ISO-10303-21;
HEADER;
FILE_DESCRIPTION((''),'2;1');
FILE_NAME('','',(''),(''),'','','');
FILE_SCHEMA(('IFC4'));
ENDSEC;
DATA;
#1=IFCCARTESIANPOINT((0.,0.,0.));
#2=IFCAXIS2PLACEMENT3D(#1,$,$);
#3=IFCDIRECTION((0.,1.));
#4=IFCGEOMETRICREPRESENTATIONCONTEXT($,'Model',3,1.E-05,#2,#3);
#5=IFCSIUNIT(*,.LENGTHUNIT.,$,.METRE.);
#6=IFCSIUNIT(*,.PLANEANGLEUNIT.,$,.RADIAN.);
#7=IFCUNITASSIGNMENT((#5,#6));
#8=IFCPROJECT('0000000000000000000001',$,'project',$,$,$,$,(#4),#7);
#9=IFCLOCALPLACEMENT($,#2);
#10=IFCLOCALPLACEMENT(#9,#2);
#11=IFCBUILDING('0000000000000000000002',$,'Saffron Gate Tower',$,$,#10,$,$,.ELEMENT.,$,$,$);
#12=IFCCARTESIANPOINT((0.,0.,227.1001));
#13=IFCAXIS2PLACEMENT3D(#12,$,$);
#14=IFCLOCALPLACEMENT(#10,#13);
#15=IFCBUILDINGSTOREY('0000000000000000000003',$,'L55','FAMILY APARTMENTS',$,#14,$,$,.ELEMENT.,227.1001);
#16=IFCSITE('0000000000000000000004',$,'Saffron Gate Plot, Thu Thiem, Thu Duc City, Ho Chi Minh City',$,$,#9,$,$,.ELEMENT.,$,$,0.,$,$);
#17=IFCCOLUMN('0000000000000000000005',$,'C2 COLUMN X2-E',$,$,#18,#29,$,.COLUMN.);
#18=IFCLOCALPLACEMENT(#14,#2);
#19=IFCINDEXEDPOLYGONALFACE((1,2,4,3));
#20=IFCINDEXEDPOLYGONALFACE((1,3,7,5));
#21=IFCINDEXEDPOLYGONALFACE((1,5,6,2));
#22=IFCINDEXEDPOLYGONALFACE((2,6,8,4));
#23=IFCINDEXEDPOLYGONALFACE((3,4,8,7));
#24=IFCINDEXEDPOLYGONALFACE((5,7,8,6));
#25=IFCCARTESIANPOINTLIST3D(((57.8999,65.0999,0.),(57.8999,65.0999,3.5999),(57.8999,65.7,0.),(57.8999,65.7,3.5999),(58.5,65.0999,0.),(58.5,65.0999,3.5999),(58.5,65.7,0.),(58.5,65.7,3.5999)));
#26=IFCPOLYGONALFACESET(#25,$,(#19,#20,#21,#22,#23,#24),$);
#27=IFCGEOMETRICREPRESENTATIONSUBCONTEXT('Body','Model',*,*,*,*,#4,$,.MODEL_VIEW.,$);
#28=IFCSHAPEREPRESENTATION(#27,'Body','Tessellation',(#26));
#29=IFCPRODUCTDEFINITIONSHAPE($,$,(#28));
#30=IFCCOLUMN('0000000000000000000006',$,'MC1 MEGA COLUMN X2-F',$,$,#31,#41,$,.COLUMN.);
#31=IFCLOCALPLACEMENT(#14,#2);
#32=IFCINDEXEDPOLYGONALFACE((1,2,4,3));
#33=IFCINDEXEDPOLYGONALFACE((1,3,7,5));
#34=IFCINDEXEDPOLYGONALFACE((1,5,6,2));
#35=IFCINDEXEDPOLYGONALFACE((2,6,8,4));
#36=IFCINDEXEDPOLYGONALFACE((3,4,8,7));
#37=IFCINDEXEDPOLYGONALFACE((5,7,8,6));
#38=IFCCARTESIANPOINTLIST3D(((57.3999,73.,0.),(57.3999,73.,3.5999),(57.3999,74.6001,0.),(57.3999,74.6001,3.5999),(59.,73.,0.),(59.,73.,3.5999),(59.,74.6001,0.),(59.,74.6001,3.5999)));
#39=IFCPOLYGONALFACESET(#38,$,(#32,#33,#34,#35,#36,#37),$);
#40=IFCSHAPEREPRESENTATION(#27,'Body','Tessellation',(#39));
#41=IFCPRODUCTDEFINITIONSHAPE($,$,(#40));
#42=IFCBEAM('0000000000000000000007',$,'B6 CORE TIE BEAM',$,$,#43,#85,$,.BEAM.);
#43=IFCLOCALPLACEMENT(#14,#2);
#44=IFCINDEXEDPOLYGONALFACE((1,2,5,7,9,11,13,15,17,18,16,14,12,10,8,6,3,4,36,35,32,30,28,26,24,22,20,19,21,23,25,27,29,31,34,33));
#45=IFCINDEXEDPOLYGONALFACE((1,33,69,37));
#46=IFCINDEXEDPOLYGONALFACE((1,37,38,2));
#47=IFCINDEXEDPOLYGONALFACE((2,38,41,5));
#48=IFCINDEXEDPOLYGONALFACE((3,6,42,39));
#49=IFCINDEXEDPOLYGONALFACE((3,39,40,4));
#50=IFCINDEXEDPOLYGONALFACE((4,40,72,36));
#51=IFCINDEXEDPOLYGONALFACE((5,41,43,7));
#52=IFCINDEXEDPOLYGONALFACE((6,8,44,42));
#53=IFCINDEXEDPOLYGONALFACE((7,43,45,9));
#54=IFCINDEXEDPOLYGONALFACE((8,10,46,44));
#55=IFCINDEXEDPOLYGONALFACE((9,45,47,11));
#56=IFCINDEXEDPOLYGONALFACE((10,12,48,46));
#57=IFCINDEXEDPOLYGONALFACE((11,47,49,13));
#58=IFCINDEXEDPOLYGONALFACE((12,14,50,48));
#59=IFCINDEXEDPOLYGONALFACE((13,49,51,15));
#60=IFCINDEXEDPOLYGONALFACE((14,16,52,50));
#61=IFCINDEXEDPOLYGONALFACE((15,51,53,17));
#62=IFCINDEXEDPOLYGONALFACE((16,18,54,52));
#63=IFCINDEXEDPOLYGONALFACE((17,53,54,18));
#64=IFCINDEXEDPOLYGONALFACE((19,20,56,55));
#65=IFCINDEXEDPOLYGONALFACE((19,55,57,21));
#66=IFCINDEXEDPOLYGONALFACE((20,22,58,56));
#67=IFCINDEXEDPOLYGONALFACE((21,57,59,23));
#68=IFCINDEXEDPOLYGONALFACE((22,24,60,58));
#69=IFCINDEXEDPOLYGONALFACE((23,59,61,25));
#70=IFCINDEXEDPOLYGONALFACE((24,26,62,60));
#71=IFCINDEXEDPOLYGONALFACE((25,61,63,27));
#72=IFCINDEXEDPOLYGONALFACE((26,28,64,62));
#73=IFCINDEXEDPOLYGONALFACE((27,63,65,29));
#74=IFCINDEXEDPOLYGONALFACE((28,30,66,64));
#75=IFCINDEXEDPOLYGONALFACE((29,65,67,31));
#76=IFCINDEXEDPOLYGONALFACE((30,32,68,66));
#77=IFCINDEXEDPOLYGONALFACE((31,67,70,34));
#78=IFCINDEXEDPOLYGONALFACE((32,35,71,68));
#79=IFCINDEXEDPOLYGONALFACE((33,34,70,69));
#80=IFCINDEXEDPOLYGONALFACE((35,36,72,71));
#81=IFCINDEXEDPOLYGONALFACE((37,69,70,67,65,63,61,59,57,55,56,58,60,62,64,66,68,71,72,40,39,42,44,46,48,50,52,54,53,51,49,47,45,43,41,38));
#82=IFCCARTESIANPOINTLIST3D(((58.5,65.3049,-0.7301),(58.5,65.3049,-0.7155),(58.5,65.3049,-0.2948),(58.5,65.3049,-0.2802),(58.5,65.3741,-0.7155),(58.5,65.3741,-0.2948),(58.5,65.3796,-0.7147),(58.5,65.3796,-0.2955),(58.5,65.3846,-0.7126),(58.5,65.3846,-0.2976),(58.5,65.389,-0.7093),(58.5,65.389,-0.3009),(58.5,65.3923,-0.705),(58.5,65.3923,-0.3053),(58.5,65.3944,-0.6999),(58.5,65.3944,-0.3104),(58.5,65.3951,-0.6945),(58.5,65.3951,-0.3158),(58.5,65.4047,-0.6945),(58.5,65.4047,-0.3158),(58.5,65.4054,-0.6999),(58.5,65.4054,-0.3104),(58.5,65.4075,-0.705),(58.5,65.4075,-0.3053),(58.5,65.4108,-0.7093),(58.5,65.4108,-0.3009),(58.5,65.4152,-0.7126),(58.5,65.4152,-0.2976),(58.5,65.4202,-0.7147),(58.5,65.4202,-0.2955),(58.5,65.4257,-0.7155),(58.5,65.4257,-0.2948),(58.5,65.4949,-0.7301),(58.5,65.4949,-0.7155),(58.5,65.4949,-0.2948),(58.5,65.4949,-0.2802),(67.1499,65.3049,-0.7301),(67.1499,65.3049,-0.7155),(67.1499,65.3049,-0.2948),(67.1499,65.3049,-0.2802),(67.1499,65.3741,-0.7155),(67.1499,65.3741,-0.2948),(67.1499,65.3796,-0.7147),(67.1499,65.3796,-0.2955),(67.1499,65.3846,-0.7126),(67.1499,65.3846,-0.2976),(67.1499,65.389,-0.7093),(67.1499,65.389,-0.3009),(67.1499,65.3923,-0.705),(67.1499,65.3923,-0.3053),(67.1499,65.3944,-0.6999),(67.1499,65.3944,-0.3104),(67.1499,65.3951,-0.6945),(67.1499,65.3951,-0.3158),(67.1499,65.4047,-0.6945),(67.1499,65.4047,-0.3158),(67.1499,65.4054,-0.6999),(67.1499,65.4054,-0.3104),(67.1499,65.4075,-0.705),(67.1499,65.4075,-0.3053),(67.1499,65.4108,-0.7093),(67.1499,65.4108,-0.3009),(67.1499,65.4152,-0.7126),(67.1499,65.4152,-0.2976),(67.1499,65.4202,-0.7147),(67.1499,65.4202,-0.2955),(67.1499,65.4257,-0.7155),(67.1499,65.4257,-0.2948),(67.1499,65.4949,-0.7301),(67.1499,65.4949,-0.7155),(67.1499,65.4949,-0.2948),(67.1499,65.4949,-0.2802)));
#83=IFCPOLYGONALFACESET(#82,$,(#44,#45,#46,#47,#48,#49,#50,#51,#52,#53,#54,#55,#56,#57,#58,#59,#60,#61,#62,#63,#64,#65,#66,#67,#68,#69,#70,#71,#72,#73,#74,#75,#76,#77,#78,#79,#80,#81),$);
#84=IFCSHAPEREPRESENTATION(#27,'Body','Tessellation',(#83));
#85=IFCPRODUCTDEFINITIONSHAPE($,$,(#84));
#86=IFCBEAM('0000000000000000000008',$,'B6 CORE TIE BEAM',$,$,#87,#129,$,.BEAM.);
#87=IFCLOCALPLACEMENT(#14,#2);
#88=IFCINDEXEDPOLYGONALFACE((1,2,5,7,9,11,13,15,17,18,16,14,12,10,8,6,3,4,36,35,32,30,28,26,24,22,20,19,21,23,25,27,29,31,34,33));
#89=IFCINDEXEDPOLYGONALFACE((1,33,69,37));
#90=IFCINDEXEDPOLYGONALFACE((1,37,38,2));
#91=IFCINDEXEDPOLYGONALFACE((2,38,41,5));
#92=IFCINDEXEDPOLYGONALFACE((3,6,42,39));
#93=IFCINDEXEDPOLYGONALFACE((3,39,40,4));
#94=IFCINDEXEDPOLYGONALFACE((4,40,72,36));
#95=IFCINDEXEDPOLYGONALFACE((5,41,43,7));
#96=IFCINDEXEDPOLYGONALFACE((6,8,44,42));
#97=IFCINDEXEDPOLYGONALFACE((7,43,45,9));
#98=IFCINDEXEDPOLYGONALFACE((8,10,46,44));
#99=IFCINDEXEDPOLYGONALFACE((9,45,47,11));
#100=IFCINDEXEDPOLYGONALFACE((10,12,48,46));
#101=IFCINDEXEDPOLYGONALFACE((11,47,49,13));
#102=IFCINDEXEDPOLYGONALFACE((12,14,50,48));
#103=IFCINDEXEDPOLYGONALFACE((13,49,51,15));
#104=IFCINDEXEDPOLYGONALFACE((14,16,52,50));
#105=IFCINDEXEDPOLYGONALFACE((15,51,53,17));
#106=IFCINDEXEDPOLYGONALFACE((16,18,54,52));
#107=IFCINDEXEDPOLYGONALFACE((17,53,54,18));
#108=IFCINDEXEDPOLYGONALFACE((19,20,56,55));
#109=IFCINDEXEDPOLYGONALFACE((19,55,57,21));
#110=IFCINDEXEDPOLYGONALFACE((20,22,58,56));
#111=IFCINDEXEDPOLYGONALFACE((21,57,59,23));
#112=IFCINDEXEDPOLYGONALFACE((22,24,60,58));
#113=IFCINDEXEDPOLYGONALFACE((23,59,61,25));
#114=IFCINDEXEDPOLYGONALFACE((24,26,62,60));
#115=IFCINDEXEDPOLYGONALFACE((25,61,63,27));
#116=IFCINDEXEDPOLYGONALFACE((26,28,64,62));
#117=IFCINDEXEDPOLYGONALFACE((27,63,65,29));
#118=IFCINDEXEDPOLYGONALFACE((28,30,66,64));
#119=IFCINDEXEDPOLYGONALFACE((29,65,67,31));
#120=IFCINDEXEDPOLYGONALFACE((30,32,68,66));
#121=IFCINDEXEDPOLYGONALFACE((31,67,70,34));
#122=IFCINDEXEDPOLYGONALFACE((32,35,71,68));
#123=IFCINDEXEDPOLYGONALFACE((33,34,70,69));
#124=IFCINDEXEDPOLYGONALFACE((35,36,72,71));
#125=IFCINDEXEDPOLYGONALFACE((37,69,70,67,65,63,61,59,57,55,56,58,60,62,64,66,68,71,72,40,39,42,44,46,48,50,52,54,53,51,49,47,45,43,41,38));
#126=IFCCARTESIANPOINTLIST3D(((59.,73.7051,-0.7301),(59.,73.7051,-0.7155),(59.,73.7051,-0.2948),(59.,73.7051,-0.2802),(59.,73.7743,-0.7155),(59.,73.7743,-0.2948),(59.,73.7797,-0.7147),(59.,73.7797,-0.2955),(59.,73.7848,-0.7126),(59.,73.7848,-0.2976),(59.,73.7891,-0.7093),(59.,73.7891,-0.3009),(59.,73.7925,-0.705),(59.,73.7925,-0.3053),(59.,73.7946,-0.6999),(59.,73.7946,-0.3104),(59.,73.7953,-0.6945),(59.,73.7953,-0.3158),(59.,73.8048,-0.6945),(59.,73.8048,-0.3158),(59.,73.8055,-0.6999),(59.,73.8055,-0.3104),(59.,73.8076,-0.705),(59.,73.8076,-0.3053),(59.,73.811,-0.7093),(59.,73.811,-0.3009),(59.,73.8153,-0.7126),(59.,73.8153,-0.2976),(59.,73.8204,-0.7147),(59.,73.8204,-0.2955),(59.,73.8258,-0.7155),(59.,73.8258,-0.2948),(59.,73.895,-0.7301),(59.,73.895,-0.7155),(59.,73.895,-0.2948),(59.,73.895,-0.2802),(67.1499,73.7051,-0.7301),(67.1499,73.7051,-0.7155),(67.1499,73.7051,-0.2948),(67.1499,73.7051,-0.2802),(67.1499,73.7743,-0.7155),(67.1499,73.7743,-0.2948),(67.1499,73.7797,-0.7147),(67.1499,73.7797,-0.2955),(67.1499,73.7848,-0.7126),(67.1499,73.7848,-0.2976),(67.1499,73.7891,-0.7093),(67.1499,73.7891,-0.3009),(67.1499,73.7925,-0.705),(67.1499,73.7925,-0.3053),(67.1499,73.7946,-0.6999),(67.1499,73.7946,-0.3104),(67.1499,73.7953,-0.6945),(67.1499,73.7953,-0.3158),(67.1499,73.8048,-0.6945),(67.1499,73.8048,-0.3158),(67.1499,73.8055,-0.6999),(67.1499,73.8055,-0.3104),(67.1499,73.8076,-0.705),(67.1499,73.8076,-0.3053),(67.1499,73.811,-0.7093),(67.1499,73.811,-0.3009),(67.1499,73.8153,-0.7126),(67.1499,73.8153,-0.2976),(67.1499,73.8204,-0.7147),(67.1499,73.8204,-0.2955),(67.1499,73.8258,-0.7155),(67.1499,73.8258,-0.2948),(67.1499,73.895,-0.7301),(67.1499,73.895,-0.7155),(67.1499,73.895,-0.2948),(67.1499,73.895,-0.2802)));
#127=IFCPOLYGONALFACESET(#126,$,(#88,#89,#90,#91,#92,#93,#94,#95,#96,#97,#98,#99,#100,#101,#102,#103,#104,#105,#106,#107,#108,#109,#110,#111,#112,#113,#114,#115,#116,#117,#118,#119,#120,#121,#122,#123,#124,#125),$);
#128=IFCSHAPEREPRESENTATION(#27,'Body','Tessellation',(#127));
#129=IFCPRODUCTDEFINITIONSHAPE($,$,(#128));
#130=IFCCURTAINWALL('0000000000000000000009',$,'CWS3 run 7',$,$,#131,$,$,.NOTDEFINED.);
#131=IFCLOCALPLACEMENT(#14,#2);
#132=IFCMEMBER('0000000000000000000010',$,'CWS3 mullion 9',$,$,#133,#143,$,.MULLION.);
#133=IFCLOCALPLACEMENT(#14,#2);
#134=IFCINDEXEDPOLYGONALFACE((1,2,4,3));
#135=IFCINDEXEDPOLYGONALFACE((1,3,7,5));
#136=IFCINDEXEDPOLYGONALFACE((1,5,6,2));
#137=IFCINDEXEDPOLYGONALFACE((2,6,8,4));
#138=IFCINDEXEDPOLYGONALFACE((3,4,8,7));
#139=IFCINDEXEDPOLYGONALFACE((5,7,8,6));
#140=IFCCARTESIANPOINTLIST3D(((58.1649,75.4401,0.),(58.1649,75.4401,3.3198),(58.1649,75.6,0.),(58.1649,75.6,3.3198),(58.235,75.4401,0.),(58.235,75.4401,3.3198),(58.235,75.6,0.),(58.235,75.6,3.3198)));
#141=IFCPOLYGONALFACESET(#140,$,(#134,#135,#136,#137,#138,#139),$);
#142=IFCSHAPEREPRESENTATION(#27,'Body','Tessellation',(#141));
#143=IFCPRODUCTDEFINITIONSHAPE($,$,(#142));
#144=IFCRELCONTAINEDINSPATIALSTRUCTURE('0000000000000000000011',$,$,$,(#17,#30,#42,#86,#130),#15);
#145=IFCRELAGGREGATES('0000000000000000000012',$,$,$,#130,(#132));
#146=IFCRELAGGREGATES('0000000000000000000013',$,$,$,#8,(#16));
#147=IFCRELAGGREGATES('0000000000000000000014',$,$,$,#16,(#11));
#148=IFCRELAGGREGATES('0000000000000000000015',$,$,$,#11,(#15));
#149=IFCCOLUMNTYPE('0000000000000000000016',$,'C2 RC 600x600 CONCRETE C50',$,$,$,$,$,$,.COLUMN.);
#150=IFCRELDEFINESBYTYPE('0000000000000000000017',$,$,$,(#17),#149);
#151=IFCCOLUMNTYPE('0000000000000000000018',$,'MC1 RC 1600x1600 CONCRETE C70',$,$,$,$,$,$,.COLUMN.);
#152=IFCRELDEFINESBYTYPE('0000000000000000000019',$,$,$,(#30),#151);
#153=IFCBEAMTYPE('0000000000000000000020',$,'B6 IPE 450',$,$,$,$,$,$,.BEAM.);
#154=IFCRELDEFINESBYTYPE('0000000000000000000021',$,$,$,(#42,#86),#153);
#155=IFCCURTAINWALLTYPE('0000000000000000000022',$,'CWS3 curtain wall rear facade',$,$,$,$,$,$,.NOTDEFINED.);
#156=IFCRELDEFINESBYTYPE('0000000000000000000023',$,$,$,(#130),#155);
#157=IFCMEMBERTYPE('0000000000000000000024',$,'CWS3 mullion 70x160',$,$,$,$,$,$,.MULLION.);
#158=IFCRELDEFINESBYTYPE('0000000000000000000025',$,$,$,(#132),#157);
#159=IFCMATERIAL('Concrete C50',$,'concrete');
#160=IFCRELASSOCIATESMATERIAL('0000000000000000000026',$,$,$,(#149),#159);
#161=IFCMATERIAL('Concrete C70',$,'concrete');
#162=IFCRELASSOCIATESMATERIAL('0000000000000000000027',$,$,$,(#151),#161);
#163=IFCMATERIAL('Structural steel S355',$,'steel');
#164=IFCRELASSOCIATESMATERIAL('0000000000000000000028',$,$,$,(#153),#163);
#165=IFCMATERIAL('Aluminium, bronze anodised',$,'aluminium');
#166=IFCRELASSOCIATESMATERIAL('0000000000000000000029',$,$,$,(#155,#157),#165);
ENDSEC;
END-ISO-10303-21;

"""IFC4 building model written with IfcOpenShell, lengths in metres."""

from ifc_helpers import new_model, si_unit, direction, frame, origin, origin_2d, place, context, subcontext, project, spatial, rectangle, i_section, extrude, material, material_profile, profile_set, type_object, element, aggregate, save


model = new_model("IFC4")

# Units and contexts
model_context = context("Model", 3, precision=1e-05, world=origin(), true_north=direction((0.0, 1.0)))
body_context = subcontext(model_context, "Body", "Model", "MODEL_VIEW")
ifc_project = project(units=[si_unit("LENGTHUNIT", "METRE"), si_unit("PLANEANGLEUNIT", "RADIAN")], contexts=[model_context])

# Site, building, storey
site_placement = place(None, origin())
site = spatial("IfcSite", under=ifc_project, at=site_placement, Name="Saffron Gate Plot, Thu Thiem, Thu Duc City, Ho Chi Minh City", CompositionType="ELEMENT", RefElevation=0.0)
building_placement = place(site_placement, origin())
building = spatial("IfcBuilding", under=site, at=building_placement, Name="Saffron Gate Tower", CompositionType="ELEMENT")
storey_placement = place(building_placement, frame((0.0, 0.0, 227.1001)))
storey = spatial("IfcBuildingStorey", under=building, at=storey_placement, Name="L55", Description="FAMILY APARTMENTS", CompositionType="ELEMENT", Elevation=227.1001)

# Columns
ifc_material_1 = material(Name="Concrete C50", Category="concrete")
ifc_material_profile_1 = material_profile(ifc_material_1, rectangle(XDim=0.6001, YDim=0.6001, at=origin_2d()))
ifc_profile_set_1 = profile_set([ifc_material_profile_1], Name="Concrete C50")
column_type_1 = type_object("IfcColumnType", Name="C2 RC 600x600 CONCRETE C50", PredefinedType="COLUMN", material=ifc_profile_set_1)
column_1_placement = place(storey_placement, frame((58.2, 65.3999, 0.0), z_axis=(0.0, 0.0, 1.0), x_axis=(1.0, 0.0, 0.0)))
element("IfcColumn", 1, at=column_1_placement, inside=storey, type_object=column_type_1, Name="C2 COLUMN X2-E", PredefinedType="COLUMN", context=body_context, shape_type="SweptSolid", body=[
    extrude(rectangle(XDim=0.6001, YDim=0.6001, at=origin_2d()), origin(), (0.0, 0.0, 1.0), 3.5999),
])
ifc_material_2 = material(Name="Concrete C70", Category="concrete")
ifc_material_profile_2 = material_profile(ifc_material_2, rectangle(XDim=1.6001, YDim=1.6001, at=origin_2d()))
ifc_profile_set_2 = profile_set([ifc_material_profile_2], Name="Concrete C70")
column_type_2 = type_object("IfcColumnType", Name="MC1 RC 1600x1600 CONCRETE C70", PredefinedType="COLUMN", material=ifc_profile_set_2)
column_2_placement = place(storey_placement, frame((58.2, 73.8, 0.0), z_axis=(0.0, 0.0, 1.0), x_axis=(1.0, 0.0, 0.0)))
element("IfcColumn", 2, at=column_2_placement, inside=storey, type_object=column_type_2, Name="MC1 MEGA COLUMN X2-F", PredefinedType="COLUMN", context=body_context, shape_type="SweptSolid", body=[
    extrude(rectangle(XDim=1.6001, YDim=1.6001, at=origin_2d()), origin(), (0.0, 0.0, 1.0), 3.5999),
])

# Beams
ifc_material_3 = material(Name="Structural steel S355", Category="steel")
ifc_material_profile_3 = material_profile(ifc_material_3, i_section(OverallWidth=0.1899, OverallDepth=0.45, WebThickness=0.0095, FlangeThickness=0.0146, FilletRadius=0.021, at=origin_2d()))
ifc_profile_set_3 = profile_set([ifc_material_profile_3], Name="Structural steel S355")
beam_type = type_object("IfcBeamType", Name="B6 IPE 450", PredefinedType="BEAM", material=ifc_profile_set_3)
beam_1_placement = place(storey_placement, frame((58.5, 65.3999, -0.5051), z_axis=(1.0, 0.0, 0.0), x_axis=(0.0, 1.0, 0.0)))
element("IfcBeam", 3, at=beam_1_placement, inside=storey, type_object=beam_type, Name="B6 CORE TIE BEAM", PredefinedType="BEAM", context=body_context, shape_type="SweptSolid", body=[
    extrude(i_section(OverallWidth=0.1899, OverallDepth=0.45, WebThickness=0.0095, FlangeThickness=0.0146, FilletRadius=0.021, at=origin_2d()), origin(), (0.0, 0.0, 1.0), 8.6499),
])
beam_2_placement = place(storey_placement, frame((59.0, 73.8, -0.5051), z_axis=(1.0, 0.0, 0.0), x_axis=(0.0, 1.0, 0.0)))
element("IfcBeam", 4, at=beam_2_placement, inside=storey, type_object=beam_type, Name="B6 CORE TIE BEAM", PredefinedType="BEAM", context=body_context, shape_type="SweptSolid", body=[
    extrude(i_section(OverallWidth=0.1899, OverallDepth=0.45, WebThickness=0.0095, FlangeThickness=0.0146, FilletRadius=0.021, at=origin_2d()), origin(), (0.0, 0.0, 1.0), 8.1499),
])

# Curtain wall, member
ifc_material_4 = material(Name="Aluminium, bronze anodised", Category="aluminium")
curtain_wall_type = type_object("IfcCurtainWallType", Name="CWS3 curtain wall rear facade", PredefinedType="NOTDEFINED", material=ifc_material_4)
curtain_wall_placement = place(storey_placement, origin())
curtain_wall = element("IfcCurtainWall", 5, at=curtain_wall_placement, inside=storey, type_object=curtain_wall_type, Name="CWS3 run 7", PredefinedType="NOTDEFINED")
ifc_material_profile_4 = material_profile(ifc_material_4, rectangle(XDim=0.1599, YDim=0.0701, at=origin_2d()))
ifc_profile_set_4 = profile_set([ifc_material_profile_4], Name="Aluminium, bronze anodised")
member_type = type_object("IfcMemberType", Name="CWS3 mullion 70x160", PredefinedType="MULLION", material=ifc_profile_set_4)
member_placement = place(storey_placement, frame((58.2, 75.52, 0.0), z_axis=(0.0, 0.0, 1.0), x_axis=(0.0, -1.0, 0.0)))
member = element("IfcMember", 6, at=member_placement, type_object=member_type, Name="CWS3 mullion 9", PredefinedType="MULLION", context=body_context, shape_type="SweptSolid", body=[
    extrude(rectangle(XDim=0.1599, YDim=0.0701, at=origin_2d()), origin(), (0.0, 0.0, 1.0), 3.3198),
])
aggregate(curtain_wall, [member])

save(model, "model.ifc")
